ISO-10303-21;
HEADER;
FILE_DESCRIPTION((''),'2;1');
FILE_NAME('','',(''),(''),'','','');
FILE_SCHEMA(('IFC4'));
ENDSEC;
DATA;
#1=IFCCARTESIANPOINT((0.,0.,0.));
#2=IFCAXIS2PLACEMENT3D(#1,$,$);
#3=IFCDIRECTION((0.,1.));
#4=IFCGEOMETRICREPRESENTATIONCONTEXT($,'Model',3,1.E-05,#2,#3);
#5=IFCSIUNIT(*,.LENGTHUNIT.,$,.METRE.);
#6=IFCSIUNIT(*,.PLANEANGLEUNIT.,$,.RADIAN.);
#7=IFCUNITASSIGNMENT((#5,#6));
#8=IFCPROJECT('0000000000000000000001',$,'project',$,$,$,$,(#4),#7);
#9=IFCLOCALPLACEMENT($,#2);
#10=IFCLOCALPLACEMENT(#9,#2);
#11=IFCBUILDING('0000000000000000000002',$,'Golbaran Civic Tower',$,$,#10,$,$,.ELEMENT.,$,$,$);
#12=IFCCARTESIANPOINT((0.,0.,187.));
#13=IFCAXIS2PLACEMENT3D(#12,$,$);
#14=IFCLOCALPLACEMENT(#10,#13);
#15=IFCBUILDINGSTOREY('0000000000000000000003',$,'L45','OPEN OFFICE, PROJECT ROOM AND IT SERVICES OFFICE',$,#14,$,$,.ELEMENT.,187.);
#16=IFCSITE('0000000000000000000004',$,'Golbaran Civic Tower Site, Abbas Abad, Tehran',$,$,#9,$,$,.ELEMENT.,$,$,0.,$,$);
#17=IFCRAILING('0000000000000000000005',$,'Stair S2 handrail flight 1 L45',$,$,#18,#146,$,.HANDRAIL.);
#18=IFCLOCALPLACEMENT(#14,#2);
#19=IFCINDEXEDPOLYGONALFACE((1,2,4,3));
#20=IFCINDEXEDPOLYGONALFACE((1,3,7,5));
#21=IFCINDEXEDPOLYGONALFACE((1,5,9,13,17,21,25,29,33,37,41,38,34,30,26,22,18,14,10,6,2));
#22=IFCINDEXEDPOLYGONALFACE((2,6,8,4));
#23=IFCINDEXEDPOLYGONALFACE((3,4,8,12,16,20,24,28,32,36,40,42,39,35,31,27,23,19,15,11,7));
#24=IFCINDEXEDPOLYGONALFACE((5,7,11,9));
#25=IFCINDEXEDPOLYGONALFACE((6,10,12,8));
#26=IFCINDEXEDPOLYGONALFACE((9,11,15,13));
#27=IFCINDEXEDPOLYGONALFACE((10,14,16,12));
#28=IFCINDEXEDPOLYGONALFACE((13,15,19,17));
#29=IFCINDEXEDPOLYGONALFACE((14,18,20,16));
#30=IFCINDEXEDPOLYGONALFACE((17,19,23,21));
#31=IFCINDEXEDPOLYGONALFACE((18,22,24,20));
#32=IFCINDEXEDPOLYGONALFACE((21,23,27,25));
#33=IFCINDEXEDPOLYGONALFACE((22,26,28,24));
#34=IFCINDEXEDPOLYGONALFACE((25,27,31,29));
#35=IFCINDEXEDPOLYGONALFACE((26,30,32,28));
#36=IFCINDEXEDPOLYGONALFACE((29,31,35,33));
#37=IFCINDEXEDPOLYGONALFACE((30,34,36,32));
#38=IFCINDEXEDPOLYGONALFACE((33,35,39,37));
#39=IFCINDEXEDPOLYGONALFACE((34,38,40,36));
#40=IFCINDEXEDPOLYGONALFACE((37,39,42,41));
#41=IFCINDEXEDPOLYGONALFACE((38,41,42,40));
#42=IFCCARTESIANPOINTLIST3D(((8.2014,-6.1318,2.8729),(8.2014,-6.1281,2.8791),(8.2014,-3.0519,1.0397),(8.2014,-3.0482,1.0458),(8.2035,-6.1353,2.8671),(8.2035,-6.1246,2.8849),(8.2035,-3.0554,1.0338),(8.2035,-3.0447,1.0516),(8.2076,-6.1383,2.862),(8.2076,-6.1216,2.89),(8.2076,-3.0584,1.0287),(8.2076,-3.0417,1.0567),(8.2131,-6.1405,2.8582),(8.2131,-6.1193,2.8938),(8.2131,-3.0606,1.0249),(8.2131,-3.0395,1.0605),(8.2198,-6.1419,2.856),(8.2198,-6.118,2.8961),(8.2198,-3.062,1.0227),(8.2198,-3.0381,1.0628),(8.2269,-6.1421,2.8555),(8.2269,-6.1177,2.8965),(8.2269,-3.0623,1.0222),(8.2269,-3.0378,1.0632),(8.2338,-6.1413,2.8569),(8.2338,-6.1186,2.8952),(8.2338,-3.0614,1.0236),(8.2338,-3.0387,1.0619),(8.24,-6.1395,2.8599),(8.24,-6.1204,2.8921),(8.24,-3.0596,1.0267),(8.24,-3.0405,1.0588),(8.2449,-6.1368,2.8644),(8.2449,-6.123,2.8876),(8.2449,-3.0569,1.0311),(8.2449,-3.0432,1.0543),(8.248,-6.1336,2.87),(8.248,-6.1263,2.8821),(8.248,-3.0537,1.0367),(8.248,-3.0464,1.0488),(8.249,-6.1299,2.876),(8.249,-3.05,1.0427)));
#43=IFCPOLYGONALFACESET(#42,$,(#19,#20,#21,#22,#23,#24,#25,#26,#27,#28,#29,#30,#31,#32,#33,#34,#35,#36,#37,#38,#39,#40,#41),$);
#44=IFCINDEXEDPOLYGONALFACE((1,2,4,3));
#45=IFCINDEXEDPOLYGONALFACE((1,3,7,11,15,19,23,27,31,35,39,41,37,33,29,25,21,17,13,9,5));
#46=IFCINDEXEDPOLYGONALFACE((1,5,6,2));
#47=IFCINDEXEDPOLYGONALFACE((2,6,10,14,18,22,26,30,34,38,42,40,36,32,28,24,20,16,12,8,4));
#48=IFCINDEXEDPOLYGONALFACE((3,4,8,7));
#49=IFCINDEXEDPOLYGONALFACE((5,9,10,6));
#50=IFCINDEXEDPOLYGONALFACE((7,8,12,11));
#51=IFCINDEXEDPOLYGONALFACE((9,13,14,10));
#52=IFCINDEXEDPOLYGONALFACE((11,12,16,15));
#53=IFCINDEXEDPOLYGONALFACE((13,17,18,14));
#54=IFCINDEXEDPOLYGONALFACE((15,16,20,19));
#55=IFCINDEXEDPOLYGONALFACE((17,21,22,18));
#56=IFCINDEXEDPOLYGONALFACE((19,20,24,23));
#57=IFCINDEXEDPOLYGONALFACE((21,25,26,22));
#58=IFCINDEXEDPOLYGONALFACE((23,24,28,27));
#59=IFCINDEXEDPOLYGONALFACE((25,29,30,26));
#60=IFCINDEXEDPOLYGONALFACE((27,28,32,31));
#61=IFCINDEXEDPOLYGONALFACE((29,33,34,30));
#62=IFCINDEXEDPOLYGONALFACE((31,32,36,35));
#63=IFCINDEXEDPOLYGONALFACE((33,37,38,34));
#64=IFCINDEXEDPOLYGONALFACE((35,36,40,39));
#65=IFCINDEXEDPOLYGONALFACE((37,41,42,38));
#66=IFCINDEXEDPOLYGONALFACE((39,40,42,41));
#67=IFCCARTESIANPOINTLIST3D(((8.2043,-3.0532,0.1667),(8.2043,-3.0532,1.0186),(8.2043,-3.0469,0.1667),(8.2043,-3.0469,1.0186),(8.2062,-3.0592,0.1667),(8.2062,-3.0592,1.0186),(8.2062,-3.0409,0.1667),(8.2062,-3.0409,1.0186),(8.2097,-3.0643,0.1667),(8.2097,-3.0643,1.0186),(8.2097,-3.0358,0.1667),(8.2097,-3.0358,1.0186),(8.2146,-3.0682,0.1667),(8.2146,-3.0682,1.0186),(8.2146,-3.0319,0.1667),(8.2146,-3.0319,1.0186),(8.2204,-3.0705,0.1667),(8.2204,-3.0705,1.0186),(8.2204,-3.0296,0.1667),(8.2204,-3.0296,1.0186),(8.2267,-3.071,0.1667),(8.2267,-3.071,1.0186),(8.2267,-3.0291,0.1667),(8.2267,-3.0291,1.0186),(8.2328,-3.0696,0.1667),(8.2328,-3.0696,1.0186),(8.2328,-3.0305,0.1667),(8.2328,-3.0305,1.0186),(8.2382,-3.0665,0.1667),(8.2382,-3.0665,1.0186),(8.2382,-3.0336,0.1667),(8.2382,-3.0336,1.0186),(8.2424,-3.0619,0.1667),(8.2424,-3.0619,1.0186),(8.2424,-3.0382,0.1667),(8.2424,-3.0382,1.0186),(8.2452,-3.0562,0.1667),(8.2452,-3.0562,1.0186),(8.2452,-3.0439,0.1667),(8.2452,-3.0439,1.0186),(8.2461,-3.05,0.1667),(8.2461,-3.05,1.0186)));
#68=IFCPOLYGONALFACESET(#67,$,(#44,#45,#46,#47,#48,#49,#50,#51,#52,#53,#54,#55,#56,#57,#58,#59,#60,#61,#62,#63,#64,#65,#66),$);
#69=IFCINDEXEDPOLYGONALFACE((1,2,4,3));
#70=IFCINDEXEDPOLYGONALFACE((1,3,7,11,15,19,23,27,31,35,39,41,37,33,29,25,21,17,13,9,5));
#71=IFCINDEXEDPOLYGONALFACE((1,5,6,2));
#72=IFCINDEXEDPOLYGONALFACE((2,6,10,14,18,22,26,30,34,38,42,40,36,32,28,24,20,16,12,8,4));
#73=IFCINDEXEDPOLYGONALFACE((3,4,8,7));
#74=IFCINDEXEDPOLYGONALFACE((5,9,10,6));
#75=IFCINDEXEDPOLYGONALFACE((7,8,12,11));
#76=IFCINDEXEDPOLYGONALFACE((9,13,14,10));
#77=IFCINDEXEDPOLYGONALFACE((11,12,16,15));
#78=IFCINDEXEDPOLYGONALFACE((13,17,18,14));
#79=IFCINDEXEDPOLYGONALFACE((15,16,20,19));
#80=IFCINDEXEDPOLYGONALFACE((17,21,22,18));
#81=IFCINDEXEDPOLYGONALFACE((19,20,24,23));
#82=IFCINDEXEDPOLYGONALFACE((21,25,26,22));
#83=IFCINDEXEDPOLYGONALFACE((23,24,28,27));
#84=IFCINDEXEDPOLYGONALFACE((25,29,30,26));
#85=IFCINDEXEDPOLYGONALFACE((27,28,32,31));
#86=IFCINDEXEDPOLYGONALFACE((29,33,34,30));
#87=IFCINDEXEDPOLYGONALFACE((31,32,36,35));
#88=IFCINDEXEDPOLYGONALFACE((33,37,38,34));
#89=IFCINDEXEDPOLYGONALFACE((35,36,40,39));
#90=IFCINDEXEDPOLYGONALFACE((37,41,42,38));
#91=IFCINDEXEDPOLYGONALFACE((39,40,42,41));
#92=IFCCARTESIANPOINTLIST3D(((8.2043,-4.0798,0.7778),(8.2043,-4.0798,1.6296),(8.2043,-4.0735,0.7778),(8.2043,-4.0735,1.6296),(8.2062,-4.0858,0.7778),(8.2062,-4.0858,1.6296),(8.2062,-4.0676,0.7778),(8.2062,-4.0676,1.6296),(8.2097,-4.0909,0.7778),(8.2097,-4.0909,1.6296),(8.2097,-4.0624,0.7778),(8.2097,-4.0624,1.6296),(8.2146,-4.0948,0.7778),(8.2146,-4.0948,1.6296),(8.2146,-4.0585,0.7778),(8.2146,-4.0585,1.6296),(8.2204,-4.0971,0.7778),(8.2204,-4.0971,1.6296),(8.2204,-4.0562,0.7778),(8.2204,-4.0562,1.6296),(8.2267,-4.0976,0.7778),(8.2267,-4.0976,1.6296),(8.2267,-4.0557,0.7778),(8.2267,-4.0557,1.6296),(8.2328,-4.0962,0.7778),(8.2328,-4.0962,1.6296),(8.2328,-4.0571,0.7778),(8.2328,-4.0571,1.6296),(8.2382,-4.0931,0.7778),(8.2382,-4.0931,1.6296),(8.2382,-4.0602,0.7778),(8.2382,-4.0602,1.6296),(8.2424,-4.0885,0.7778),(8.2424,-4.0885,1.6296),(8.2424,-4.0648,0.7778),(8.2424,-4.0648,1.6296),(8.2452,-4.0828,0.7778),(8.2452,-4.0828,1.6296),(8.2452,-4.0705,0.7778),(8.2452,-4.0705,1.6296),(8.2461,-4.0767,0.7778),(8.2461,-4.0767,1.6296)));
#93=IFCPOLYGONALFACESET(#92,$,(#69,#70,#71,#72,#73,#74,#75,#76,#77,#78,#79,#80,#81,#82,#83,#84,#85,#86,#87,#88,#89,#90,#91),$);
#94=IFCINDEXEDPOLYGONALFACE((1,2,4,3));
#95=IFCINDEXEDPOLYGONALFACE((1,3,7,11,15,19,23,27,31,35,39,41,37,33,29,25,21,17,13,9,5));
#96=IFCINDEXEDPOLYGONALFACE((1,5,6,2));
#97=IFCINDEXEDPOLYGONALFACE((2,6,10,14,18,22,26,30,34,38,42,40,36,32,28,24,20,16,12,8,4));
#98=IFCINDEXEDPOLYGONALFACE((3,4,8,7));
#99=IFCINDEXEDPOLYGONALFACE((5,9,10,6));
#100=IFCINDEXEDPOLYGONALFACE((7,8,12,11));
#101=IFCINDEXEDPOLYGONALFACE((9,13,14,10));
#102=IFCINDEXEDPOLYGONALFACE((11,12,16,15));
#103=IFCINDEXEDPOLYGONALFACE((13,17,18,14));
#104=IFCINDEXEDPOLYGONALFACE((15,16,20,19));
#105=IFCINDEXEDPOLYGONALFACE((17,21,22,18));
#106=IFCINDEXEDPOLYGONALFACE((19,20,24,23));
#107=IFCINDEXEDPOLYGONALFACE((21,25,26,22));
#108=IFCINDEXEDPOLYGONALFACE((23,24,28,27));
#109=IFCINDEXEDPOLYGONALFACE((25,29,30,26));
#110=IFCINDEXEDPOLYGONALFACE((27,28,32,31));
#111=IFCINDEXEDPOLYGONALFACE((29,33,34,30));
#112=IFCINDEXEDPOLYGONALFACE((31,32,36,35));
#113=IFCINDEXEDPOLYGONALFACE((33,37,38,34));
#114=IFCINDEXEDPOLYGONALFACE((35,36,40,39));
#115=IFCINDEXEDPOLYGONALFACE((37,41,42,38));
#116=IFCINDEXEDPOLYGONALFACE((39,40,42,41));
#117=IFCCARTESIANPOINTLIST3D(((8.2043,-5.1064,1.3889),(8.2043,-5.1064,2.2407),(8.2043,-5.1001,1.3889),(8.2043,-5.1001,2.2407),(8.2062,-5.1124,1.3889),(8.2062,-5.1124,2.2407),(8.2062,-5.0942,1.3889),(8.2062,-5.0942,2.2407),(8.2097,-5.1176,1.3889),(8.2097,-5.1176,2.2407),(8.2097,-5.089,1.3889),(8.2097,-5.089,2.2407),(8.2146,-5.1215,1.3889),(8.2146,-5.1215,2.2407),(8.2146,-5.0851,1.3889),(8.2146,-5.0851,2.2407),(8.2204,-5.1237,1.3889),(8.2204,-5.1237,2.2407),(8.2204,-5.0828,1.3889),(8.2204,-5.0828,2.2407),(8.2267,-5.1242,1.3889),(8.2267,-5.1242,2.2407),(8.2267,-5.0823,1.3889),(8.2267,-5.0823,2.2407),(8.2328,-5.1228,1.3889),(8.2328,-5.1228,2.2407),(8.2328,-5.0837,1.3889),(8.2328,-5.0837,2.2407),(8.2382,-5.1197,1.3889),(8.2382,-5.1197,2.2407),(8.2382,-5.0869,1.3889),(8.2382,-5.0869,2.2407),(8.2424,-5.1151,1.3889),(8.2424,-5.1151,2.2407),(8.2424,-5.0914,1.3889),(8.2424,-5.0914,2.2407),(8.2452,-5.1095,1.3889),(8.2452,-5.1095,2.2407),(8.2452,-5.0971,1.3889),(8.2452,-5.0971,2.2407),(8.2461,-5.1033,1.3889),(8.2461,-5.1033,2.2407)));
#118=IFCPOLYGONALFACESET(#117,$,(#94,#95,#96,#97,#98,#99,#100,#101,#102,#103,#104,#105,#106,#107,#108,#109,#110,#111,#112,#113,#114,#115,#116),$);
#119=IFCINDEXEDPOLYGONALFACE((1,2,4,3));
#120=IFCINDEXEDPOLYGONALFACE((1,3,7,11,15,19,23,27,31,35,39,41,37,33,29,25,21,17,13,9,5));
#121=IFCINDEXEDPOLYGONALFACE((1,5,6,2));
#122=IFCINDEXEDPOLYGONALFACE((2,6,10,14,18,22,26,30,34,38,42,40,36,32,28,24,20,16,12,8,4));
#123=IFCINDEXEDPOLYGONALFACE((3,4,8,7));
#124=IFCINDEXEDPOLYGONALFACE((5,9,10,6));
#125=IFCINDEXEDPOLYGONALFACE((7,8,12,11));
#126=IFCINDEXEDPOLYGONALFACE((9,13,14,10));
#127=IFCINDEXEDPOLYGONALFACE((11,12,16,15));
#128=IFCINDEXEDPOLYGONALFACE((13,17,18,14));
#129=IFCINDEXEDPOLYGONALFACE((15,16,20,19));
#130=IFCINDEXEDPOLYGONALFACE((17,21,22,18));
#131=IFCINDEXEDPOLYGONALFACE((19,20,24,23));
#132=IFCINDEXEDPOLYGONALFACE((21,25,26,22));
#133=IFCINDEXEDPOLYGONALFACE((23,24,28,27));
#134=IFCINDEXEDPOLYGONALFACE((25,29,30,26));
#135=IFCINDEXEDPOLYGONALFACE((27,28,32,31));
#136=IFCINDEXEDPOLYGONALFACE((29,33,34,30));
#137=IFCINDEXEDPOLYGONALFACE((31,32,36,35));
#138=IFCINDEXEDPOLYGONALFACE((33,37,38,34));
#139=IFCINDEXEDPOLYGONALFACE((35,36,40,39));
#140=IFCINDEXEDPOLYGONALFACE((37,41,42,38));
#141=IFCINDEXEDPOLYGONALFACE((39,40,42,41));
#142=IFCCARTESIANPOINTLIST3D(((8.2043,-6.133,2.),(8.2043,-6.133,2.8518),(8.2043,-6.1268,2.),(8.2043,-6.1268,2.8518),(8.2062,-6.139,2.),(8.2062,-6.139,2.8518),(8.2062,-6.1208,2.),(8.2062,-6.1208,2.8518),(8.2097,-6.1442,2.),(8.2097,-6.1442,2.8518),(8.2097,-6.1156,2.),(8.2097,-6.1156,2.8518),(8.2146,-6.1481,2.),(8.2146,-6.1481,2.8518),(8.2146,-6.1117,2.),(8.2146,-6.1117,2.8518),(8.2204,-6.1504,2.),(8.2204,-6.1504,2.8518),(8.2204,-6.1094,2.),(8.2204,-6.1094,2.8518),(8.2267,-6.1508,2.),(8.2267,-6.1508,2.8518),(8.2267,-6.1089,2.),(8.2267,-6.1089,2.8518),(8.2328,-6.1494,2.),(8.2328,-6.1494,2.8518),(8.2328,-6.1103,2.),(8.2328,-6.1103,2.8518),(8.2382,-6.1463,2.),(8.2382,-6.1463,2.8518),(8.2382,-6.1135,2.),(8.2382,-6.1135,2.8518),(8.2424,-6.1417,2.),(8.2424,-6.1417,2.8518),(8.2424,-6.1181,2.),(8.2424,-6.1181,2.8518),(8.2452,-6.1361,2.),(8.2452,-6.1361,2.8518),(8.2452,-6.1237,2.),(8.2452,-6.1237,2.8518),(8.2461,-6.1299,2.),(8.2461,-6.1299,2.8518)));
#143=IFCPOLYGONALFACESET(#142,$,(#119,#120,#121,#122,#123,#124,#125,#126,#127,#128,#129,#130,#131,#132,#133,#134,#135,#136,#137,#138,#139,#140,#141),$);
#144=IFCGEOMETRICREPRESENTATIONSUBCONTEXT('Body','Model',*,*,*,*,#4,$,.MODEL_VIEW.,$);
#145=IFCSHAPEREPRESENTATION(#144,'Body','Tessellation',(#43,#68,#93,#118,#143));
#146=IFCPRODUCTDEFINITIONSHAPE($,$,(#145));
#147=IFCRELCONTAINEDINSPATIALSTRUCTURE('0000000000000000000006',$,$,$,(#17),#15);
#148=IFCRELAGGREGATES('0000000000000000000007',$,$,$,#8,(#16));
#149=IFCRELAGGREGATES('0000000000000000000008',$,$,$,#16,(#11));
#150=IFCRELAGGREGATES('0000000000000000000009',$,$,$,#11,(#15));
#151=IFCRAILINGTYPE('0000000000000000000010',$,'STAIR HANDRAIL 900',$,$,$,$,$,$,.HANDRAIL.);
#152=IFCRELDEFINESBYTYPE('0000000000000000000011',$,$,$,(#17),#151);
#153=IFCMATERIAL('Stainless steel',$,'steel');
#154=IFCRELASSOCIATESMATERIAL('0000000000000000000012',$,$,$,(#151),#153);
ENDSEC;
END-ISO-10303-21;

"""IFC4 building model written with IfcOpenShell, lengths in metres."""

from ifc_helpers import new_model, si_unit, direction, frame, origin, origin_2d, place, context, subcontext, project, spatial, circle, extrude, material, type_object, element, save


model = new_model("IFC4")

# Units and contexts
model_context = context("Model", 3, precision=1e-05, world=origin(), true_north=direction((0.0, 1.0)))
body_context = subcontext(model_context, "Body", "Model", "MODEL_VIEW")
ifc_project = project(units=[si_unit("LENGTHUNIT", "METRE"), si_unit("PLANEANGLEUNIT", "RADIAN")], contexts=[model_context])

# Site, building, storey
site_placement = place(None, origin())
site = spatial("IfcSite", under=ifc_project, at=site_placement, Name="Golbaran Civic Tower Site, Abbas Abad, Tehran", CompositionType="ELEMENT", RefElevation=0.0)
building_placement = place(site_placement, origin())
building = spatial("IfcBuilding", under=site, at=building_placement, Name="Golbaran Civic Tower", CompositionType="ELEMENT")
storey_placement = place(building_placement, frame((0.0, 0.0, 187.0)))
storey = spatial("IfcBuildingStorey", under=building, at=storey_placement, Name="L45", Description="OPEN OFFICE, PROJECT ROOM AND IT SERVICES OFFICE", CompositionType="ELEMENT", Elevation=187.0)

# Railing
ifc_material_1 = material(Name="Stainless steel", Category="steel")
railing_type = type_object("IfcRailingType", Name="STAIR HANDRAIL 900", PredefinedType="HANDRAIL", material=ifc_material_1)
railing_placement = place(storey_placement, frame((8.2251, -3.05, 0.1667)))
element("IfcRailing", 1, at=railing_placement, inside=storey, type_object=railing_type, Name="Stair S2 handrail flight 1 L45", PredefinedType="HANDRAIL", context=body_context, shape_type="SweptSolid", body=[
    extrude(circle(Radius=0.0239, at=origin_2d()), frame((0.0, 0.0, 0.876), z_axis=(0.0, -0.859291, 0.511487), x_axis=(1.0, 0.0, 0.0)), (0.0, 0.0, 1.0), 3.5842),
    extrude(circle(Radius=0.021, at=origin_2d()), origin(), (0.0, 0.0, 1.0), 0.8518),
    extrude(circle(Radius=0.021, at=origin_2d()), frame((0.0, -1.0266, 0.6111)), (0.0, 0.0, 1.0), 0.8518),
    extrude(circle(Radius=0.021, at=origin_2d()), frame((0.0, -2.0532, 1.2222)), (0.0, 0.0, 1.0), 0.8518),
    extrude(circle(Radius=0.021, at=origin_2d()), frame((0.0, -3.0798, 1.8333)), (0.0, 0.0, 1.0), 0.8518),
])

save(model, "model.ifc")
